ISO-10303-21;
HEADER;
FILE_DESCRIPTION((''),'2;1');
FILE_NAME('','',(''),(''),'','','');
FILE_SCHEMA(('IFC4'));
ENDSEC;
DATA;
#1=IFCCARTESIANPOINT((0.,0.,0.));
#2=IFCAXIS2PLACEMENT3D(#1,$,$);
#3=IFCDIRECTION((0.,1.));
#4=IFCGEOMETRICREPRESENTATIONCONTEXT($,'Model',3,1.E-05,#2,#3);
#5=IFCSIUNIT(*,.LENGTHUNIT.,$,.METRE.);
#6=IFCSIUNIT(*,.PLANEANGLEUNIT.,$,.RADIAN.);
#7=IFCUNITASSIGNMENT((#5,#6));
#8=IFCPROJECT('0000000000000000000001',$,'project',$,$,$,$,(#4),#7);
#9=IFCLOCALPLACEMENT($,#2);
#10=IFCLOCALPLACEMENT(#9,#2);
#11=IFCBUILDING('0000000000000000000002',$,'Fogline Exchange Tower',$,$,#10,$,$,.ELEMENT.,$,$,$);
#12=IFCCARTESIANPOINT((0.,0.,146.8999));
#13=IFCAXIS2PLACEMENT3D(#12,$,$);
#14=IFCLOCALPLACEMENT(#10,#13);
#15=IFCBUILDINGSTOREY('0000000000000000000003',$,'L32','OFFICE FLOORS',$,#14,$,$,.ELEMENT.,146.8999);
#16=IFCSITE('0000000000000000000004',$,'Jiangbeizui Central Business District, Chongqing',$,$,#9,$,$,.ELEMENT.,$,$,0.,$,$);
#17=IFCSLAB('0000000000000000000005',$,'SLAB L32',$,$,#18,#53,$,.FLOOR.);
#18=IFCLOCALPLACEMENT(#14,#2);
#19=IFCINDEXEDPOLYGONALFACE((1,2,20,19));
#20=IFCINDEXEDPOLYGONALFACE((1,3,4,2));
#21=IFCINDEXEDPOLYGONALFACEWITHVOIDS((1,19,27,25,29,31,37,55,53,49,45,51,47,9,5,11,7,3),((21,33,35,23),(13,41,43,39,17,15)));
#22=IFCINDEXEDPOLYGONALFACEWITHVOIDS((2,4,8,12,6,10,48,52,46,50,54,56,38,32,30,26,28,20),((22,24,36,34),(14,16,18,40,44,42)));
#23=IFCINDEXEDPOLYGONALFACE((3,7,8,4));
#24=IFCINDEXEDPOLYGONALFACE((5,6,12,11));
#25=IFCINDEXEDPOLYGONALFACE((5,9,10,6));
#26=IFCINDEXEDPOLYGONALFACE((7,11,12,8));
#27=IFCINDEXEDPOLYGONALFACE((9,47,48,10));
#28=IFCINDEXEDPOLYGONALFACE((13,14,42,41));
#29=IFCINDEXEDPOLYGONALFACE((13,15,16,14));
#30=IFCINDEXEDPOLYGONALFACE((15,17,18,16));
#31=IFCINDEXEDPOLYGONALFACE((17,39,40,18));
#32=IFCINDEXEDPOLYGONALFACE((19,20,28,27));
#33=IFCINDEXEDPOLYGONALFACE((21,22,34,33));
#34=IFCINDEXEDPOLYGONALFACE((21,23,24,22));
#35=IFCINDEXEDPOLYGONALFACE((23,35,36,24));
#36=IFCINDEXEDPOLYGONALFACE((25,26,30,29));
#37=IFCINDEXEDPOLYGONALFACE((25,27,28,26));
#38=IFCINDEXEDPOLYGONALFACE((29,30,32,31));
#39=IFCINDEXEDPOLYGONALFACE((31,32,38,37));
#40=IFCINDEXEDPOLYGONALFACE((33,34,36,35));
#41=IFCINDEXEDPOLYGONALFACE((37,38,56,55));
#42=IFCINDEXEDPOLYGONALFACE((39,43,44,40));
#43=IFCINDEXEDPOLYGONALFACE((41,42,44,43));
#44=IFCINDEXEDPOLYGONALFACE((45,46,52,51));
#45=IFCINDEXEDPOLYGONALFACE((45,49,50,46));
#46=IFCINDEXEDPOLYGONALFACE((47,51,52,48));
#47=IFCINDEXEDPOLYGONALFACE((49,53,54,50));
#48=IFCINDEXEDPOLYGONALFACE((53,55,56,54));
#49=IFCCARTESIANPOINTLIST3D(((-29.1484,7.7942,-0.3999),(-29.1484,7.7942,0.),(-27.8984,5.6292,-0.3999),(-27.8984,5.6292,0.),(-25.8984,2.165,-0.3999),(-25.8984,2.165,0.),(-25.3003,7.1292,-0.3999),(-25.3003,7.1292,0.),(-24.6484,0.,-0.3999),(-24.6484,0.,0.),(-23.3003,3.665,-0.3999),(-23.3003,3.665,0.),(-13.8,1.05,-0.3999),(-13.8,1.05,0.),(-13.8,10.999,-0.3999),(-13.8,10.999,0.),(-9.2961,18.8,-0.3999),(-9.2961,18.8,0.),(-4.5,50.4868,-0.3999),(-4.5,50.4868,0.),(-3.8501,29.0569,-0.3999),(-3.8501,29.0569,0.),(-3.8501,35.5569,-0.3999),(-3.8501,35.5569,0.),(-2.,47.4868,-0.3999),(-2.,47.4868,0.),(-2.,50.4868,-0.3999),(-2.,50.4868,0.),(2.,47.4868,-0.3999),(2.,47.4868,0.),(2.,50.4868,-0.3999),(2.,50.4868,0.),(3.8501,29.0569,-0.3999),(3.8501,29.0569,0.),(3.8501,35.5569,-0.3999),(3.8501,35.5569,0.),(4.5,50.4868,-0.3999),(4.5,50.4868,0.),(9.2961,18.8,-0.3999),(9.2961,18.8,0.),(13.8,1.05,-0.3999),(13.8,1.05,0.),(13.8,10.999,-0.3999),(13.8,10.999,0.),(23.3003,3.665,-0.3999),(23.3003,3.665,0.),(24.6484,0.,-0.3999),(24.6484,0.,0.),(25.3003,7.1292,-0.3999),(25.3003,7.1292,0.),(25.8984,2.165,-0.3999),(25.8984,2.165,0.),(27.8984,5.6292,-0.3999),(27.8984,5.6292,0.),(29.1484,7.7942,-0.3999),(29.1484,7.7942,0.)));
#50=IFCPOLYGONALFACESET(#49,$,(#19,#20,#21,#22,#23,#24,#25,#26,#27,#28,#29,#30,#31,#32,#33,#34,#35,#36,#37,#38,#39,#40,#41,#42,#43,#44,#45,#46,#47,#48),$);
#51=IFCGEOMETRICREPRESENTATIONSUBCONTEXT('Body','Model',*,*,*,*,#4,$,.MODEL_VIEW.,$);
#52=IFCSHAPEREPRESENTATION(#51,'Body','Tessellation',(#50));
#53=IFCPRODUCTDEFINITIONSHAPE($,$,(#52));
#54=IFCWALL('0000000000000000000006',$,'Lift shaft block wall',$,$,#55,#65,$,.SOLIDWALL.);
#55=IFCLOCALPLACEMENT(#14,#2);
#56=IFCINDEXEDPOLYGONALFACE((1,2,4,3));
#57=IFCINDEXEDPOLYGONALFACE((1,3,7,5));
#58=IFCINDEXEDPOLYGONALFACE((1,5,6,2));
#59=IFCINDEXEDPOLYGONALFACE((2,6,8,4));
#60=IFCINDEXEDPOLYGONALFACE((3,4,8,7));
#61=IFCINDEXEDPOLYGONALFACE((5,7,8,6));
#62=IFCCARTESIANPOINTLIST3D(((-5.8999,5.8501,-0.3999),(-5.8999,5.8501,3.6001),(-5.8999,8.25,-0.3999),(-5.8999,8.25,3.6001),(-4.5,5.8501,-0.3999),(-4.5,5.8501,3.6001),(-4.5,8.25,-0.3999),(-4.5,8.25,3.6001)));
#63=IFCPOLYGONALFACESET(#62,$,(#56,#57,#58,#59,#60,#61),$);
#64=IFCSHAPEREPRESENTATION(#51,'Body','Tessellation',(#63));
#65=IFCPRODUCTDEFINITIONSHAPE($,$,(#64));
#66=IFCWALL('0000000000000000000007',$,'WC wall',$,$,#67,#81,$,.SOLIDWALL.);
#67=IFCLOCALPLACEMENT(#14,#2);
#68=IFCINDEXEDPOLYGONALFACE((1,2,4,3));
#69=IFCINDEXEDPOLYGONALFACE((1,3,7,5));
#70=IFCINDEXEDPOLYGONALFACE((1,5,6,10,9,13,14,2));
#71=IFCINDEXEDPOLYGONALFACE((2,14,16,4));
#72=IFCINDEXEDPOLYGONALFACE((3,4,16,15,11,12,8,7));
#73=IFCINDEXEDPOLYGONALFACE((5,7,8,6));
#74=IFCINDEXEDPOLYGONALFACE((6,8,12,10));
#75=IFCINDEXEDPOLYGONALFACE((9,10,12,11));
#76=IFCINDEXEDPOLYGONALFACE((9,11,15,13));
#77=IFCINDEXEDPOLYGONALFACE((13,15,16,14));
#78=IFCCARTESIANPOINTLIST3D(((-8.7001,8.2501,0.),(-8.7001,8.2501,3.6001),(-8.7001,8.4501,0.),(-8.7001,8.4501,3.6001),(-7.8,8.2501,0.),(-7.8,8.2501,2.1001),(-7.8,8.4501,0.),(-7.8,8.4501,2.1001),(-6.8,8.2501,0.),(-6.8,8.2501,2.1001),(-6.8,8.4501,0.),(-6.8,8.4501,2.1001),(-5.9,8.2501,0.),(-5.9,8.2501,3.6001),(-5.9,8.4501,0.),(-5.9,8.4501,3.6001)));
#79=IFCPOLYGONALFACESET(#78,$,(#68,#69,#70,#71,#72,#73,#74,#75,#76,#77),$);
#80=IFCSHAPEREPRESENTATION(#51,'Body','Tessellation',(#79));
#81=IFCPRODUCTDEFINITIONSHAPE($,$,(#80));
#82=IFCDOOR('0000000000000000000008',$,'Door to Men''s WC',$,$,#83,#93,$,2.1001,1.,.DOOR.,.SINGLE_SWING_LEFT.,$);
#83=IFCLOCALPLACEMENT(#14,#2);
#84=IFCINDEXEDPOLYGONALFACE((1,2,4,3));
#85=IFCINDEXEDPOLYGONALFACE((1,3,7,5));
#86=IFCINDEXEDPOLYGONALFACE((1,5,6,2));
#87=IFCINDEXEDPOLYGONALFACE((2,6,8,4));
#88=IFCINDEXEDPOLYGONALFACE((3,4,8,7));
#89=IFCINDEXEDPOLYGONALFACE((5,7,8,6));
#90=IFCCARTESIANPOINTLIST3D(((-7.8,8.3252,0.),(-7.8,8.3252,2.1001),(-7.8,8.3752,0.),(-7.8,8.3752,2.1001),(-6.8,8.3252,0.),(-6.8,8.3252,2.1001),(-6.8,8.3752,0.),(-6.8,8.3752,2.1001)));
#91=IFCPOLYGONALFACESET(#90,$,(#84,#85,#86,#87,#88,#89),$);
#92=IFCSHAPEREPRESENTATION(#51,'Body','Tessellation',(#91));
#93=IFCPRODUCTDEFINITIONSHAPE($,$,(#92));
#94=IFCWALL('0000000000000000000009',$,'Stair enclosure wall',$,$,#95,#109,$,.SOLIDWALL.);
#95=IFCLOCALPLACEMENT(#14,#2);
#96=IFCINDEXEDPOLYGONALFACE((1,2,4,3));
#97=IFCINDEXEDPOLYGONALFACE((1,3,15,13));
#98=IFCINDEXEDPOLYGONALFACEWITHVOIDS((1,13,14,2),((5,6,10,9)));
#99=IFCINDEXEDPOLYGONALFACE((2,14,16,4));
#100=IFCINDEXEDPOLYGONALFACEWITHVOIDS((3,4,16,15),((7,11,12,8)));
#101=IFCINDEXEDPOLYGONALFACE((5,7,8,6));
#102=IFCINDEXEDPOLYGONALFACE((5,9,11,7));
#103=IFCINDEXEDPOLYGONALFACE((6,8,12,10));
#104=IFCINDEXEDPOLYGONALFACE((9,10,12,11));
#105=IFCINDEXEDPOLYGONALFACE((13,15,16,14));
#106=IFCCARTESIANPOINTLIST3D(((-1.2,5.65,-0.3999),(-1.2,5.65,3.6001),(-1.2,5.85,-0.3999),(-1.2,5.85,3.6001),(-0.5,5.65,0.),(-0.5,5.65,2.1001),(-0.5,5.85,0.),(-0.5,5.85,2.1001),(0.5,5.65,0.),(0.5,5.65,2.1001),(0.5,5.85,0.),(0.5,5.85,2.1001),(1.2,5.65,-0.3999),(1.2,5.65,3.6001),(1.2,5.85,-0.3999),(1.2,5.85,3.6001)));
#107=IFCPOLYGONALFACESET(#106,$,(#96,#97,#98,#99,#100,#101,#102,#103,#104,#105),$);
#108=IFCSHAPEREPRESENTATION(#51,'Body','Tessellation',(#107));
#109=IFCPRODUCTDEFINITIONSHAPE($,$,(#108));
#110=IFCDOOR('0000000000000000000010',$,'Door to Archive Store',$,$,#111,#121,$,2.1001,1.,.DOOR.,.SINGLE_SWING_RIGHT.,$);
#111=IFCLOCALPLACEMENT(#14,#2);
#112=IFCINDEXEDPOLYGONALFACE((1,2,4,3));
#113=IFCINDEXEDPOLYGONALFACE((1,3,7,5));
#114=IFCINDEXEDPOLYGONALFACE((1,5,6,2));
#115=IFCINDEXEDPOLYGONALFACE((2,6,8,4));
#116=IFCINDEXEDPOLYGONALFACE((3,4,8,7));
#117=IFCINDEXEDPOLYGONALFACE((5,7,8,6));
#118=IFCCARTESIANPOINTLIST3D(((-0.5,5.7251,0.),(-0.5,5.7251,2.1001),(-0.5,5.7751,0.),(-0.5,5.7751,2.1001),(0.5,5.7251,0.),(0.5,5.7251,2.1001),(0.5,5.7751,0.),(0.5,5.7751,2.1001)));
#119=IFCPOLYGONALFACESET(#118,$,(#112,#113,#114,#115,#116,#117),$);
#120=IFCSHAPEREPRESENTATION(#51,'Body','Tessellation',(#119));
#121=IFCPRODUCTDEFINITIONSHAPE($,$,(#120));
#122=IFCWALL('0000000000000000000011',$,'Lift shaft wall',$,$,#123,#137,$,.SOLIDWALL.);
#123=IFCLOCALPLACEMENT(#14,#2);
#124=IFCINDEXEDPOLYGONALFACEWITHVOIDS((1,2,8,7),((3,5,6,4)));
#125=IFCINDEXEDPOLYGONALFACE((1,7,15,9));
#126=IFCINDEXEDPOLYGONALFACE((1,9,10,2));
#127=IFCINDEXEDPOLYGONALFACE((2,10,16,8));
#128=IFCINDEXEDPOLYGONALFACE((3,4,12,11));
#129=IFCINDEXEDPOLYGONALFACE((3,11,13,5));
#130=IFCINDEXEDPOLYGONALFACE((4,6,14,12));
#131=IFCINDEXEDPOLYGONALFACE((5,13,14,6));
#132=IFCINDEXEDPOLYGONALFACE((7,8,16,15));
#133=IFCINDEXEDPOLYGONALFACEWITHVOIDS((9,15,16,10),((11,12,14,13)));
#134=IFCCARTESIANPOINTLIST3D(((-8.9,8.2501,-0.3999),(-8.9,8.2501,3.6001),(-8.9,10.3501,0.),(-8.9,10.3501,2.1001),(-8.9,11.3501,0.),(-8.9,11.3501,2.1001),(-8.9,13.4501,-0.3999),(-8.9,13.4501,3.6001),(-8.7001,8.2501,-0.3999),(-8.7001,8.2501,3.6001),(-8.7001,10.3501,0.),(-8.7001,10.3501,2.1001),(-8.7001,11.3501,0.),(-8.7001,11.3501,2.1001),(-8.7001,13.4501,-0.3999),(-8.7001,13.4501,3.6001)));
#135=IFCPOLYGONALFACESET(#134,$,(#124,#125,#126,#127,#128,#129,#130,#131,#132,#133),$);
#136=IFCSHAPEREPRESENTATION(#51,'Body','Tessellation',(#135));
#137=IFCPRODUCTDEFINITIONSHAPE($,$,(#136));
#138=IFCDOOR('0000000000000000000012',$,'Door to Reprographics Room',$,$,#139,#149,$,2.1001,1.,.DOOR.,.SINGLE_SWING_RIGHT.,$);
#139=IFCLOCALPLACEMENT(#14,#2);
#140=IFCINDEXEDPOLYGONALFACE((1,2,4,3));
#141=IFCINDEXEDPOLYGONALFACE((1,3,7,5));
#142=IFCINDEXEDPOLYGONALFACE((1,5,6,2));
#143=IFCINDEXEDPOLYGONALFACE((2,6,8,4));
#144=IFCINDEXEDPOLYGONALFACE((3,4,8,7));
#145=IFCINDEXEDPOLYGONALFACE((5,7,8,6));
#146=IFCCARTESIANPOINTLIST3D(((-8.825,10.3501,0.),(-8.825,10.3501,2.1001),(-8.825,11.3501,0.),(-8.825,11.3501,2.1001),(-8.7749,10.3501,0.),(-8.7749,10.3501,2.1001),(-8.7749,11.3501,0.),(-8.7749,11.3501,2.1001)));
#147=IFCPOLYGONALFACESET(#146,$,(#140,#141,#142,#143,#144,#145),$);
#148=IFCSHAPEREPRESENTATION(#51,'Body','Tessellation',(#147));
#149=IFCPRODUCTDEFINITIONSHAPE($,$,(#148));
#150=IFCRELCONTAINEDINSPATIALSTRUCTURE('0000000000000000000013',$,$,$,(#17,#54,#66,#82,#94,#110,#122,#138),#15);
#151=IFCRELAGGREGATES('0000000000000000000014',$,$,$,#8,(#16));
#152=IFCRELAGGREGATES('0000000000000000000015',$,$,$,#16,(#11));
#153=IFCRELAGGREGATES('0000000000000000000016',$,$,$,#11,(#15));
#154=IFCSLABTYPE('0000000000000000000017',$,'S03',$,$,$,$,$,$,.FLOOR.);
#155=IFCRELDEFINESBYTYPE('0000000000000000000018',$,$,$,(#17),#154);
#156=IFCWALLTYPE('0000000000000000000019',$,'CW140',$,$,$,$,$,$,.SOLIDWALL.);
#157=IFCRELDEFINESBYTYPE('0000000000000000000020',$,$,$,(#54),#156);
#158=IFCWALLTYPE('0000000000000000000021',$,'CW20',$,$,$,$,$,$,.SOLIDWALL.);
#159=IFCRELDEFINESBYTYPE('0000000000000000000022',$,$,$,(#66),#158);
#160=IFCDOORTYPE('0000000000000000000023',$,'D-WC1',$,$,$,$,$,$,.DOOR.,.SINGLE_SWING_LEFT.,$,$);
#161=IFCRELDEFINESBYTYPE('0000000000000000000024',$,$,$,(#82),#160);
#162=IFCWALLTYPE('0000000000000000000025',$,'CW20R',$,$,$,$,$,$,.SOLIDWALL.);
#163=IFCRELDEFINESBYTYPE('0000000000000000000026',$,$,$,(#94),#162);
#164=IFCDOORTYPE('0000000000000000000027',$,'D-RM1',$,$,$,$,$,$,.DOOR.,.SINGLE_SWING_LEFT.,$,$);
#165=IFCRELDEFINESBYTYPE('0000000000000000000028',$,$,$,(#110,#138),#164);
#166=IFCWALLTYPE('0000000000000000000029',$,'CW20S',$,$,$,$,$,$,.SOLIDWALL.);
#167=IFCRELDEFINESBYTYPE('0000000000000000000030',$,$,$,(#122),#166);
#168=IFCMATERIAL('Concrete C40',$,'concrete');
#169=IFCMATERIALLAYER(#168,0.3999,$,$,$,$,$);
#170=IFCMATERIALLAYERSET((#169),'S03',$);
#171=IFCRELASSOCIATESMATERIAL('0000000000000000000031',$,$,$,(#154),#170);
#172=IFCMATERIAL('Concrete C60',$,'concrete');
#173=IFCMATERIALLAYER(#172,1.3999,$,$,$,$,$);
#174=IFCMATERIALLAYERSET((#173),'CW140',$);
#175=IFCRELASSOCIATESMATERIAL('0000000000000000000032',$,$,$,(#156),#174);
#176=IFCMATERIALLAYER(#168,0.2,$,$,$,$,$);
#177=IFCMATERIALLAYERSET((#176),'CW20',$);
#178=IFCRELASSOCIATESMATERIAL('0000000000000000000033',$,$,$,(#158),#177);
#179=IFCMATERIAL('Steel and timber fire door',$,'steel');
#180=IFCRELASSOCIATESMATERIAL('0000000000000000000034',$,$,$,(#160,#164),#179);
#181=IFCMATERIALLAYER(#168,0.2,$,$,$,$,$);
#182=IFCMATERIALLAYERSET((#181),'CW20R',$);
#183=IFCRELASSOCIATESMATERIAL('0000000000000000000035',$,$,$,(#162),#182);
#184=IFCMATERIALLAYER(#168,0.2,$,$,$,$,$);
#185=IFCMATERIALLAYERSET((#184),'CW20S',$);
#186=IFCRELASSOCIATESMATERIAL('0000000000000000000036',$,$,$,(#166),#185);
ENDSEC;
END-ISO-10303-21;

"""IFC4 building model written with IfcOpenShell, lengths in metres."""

from ifc_helpers import new_model, si_unit, direction, frame, frame_2d, origin, place, context, subcontext, project, spatial, polyline, rectangle, outline, extrude, material, layer, layer_set, type_object, element, fill, save


model = new_model("IFC4")

# Units and contexts
model_context = context("Model", 3, precision=1e-05, world=origin(), true_north=direction((0.0, 1.0)))
body_context = subcontext(model_context, "Body", "Model", "MODEL_VIEW")
ifc_project = project(units=[si_unit("LENGTHUNIT", "METRE"), si_unit("PLANEANGLEUNIT", "RADIAN")], contexts=[model_context])

# Site, building, storey
site_placement = place(None, origin())
site = spatial("IfcSite", under=ifc_project, at=site_placement, Name="Jiangbeizui Central Business District, Chongqing", CompositionType="ELEMENT", RefElevation=0.0)
building_placement = place(site_placement, origin())
building = spatial("IfcBuilding", under=site, at=building_placement, Name="Fogline Exchange Tower", CompositionType="ELEMENT")
storey_placement = place(building_placement, frame((0.0, 0.0, 146.8999)))
storey = spatial("IfcBuildingStorey", under=building, at=storey_placement, Name="L32", Description="OFFICE FLOORS", CompositionType="ELEMENT", Elevation=146.8999)

# Slab
ifc_material_1 = material(Name="Concrete C40", Category="concrete")
ifc_layer_1 = layer(ifc_material_1, 0.3999)
ifc_layer_set_1 = layer_set([ifc_layer_1], Name="S03")
slab_type = type_object("IfcSlabType", Name="S03", PredefinedType="FLOOR", material=ifc_layer_set_1)
slab_placement = place(storey_placement, frame((0.0, 0.0, -0.3999)))
element("IfcSlab", 1, at=slab_placement, inside=storey, type_object=slab_type, Name="SLAB L32", PredefinedType="FLOOR", context=body_context, shape_type="SweptSolid", body=[
    extrude(outline(polyline([(-2.0, 50.4868), (-4.5, 50.4868), (-29.1484, 7.7942), (-27.8984, 5.6292), (-25.3003, 7.1292), (-23.3003, 3.665), (-25.8984, 2.165), (-24.6484, 0.0), (24.6484, 0.0), (25.8984, 2.165), (23.3003, 3.665), (25.3003, 7.1292), (27.8984, 5.6292), (29.1484, 7.7942), (4.5, 50.4868), (2.0, 50.4868), (2.0, 47.4868), (-2.0, 47.4868), (-2.0, 50.4868)]), holes=[polyline([(13.8, 10.999), (13.8, 1.05), (-13.8, 1.05), (-13.8, 10.999), (-9.2961, 18.8), (9.2961, 18.8), (13.8, 10.999)]), polyline([(3.8501, 35.5569), (3.8501, 29.0569), (-3.8501, 29.0569), (-3.8501, 35.5569), (3.8501, 35.5569)])]), origin(), (0.0, 0.0, 1.0), 0.3999),
])

# Wall
ifc_material_2 = material(Name="Concrete C60", Category="concrete")
ifc_layer_2 = layer(ifc_material_2, 1.3999)
ifc_layer_set_2 = layer_set([ifc_layer_2], Name="CW140")
wall_type_1 = type_object("IfcWallType", Name="CW140", PredefinedType="SOLIDWALL", material=ifc_layer_set_2)
wall_1_placement = place(storey_placement, frame((-5.2, 5.8501, -0.3999), z_axis=(0.0, 0.0, 1.0), x_axis=(0.0, 1.0, 0.0)))
element("IfcWall", 2, at=wall_1_placement, inside=storey, type_object=wall_type_1, Name="Lift shaft block wall", PredefinedType="SOLIDWALL", context=body_context, shape_type="SweptSolid", body=[
    extrude(rectangle(XDim=2.3999, YDim=1.3999, at=frame_2d((1.2, 0.0))), origin(), (0.0, 0.0, 1.0), 4.0),
])

# Walls, openings, doors
ifc_layer_3 = layer(ifc_material_1, 0.2)
ifc_layer_set_3 = layer_set([ifc_layer_3], Name="CW20")
wall_type_2 = type_object("IfcWallType", Name="CW20", PredefinedType="SOLIDWALL", material=ifc_layer_set_3)
wall_2_placement = place(storey_placement, frame((-8.7, 8.3501, 0.0), z_axis=(0.0, 0.0, 1.0), x_axis=(1.0, 0.0, 0.0)))
wall_2 = element("IfcWall", 3, at=wall_2_placement, inside=storey, type_object=wall_type_2, Name="WC wall", PredefinedType="SOLIDWALL", context=body_context, shape_type="SweptSolid", body=[
    extrude(rectangle(XDim=2.8, YDim=0.2, at=frame_2d((1.3999, 0.0))), origin(), (0.0, 0.0, 1.0), 3.6001),
])
opening_1_placement = place(wall_2_placement, frame((0.8999, 0.0, 0.0)))
opening_1 = element("IfcOpeningElement", 4, at=opening_1_placement, cuts=wall_2, PredefinedType="OPENING", context=body_context, shape_type="SweptSolid", body=[
    extrude(rectangle(XDim=1.0, YDim=2.1001, at=frame_2d((0.5, 1.05))), frame((0.0, 0.1099, 0.0), z_axis=(0.0, -1.0, 0.0), x_axis=(1.0, 0.0, 0.0)), (0.0, 0.0, 1.0), 0.22),
])
ifc_material_3 = material(Name="Steel and timber fire door", Category="steel")
door_type_1 = type_object("IfcDoorType", Name="D-WC1", OperationType="SINGLE_SWING_LEFT", PredefinedType="DOOR", material=ifc_material_3)
door_1_placement = place(opening_1_placement, frame((1.0, 0.0, 0.0), z_axis=(0.0, 0.0, 1.0), x_axis=(-1.0, 0.0, 0.0)))
door_1 = element("IfcDoor", 5, at=door_1_placement, inside=storey, type_object=door_type_1, Name="Door to Men's WC", OperationType="SINGLE_SWING_LEFT", OverallHeight=2.1001, OverallWidth=1.0, PredefinedType="DOOR", context=body_context, shape_type="SweptSolid", body=[
    extrude(rectangle(XDim=1.0, YDim=2.1001, at=frame_2d((0.5, 1.05))), frame((0.0, 0.0249, 0.0), z_axis=(0.0, -1.0, 0.0), x_axis=(1.0, 0.0, 0.0)), (0.0, 0.0, 1.0), 0.05),
])
fill(opening_1, door_1)
ifc_layer_4 = layer(ifc_material_1, 0.2)
ifc_layer_set_4 = layer_set([ifc_layer_4], Name="CW20R")
wall_type_3 = type_object("IfcWallType", Name="CW20R", PredefinedType="SOLIDWALL", material=ifc_layer_set_4)
wall_3_placement = place(storey_placement, frame((-1.2, 5.75, -0.3999), z_axis=(0.0, 0.0, 1.0), x_axis=(1.0, 0.0, 0.0)))
wall_3 = element("IfcWall", 6, at=wall_3_placement, inside=storey, type_object=wall_type_3, Name="Stair enclosure wall", PredefinedType="SOLIDWALL", context=body_context, shape_type="SweptSolid", body=[
    extrude(rectangle(XDim=2.3999, YDim=0.2, at=frame_2d((1.2, 0.0))), origin(), (0.0, 0.0, 1.0), 4.0),
])
opening_2_placement = place(wall_3_placement, frame((0.7, 0.0, 0.3999)))
opening_2 = element("IfcOpeningElement", 7, at=opening_2_placement, cuts=wall_3, PredefinedType="OPENING", context=body_context, shape_type="SweptSolid", body=[
    extrude(rectangle(XDim=1.0, YDim=2.1001, at=frame_2d((0.5, 1.05))), frame((0.0, 0.1099, 0.0), z_axis=(0.0, -1.0, 0.0), x_axis=(1.0, 0.0, 0.0)), (0.0, 0.0, 1.0), 0.22),
])
door_type_2 = type_object("IfcDoorType", Name="D-RM1", OperationType="SINGLE_SWING_LEFT", PredefinedType="DOOR", material=ifc_material_3)
door_2_placement = place(opening_2_placement, frame((1.0, 0.0, 0.0), z_axis=(0.0, 0.0, 1.0), x_axis=(-1.0, 0.0, 0.0)))
door_2 = element("IfcDoor", 8, at=door_2_placement, inside=storey, type_object=door_type_2, Name="Door to Archive Store", OperationType="SINGLE_SWING_RIGHT", OverallHeight=2.1001, OverallWidth=1.0, PredefinedType="DOOR", context=body_context, shape_type="SweptSolid", body=[
    extrude(rectangle(XDim=1.0, YDim=2.1001, at=frame_2d((0.5, 1.05))), frame((0.0, 0.0249, 0.0), z_axis=(0.0, -1.0, 0.0), x_axis=(1.0, 0.0, 0.0)), (0.0, 0.0, 1.0), 0.05),
])
fill(opening_2, door_2)
ifc_layer_5 = layer(ifc_material_1, 0.2)
ifc_layer_set_5 = layer_set([ifc_layer_5], Name="CW20S")
wall_type_4 = type_object("IfcWallType", Name="CW20S", PredefinedType="SOLIDWALL", material=ifc_layer_set_5)
wall_4_placement = place(storey_placement, frame((-8.8, 8.25, -0.3999), z_axis=(0.0, 0.0, 1.0), x_axis=(0.0, 1.0, 0.0)))
wall_4 = element("IfcWall", 9, at=wall_4_placement, inside=storey, type_object=wall_type_4, Name="Lift shaft wall", PredefinedType="SOLIDWALL", context=body_context, shape_type="SweptSolid", body=[
    extrude(rectangle(XDim=5.2, YDim=0.2, at=frame_2d((2.6001, 0.0))), origin(), (0.0, 0.0, 1.0), 4.0),
])
opening_3_placement = place(wall_4_placement, frame((2.1001, 0.0, 0.3999)))
opening_3 = element("IfcOpeningElement", 10, at=opening_3_placement, cuts=wall_4, PredefinedType="OPENING", context=body_context, shape_type="SweptSolid", body=[
    extrude(rectangle(XDim=1.0, YDim=2.1001, at=frame_2d((0.5, 1.05))), frame((0.0, 0.1099, 0.0), z_axis=(0.0, -1.0, 0.0), x_axis=(1.0, 0.0, 0.0)), (0.0, 0.0, 1.0), 0.22),
])
door_3_placement = place(opening_3_placement, origin())
door_3 = element("IfcDoor", 11, at=door_3_placement, inside=storey, type_object=door_type_2, Name="Door to Reprographics Room", OperationType="SINGLE_SWING_RIGHT", OverallHeight=2.1001, OverallWidth=1.0, PredefinedType="DOOR", context=body_context, shape_type="SweptSolid", body=[
    extrude(rectangle(XDim=1.0, YDim=2.1001, at=frame_2d((0.5, 1.05))), frame((0.0, 0.0249, 0.0), z_axis=(0.0, -1.0, 0.0), x_axis=(1.0, 0.0, 0.0)), (0.0, 0.0, 1.0), 0.05),
])
fill(opening_3, door_3)

save(model, "model.ifc")
